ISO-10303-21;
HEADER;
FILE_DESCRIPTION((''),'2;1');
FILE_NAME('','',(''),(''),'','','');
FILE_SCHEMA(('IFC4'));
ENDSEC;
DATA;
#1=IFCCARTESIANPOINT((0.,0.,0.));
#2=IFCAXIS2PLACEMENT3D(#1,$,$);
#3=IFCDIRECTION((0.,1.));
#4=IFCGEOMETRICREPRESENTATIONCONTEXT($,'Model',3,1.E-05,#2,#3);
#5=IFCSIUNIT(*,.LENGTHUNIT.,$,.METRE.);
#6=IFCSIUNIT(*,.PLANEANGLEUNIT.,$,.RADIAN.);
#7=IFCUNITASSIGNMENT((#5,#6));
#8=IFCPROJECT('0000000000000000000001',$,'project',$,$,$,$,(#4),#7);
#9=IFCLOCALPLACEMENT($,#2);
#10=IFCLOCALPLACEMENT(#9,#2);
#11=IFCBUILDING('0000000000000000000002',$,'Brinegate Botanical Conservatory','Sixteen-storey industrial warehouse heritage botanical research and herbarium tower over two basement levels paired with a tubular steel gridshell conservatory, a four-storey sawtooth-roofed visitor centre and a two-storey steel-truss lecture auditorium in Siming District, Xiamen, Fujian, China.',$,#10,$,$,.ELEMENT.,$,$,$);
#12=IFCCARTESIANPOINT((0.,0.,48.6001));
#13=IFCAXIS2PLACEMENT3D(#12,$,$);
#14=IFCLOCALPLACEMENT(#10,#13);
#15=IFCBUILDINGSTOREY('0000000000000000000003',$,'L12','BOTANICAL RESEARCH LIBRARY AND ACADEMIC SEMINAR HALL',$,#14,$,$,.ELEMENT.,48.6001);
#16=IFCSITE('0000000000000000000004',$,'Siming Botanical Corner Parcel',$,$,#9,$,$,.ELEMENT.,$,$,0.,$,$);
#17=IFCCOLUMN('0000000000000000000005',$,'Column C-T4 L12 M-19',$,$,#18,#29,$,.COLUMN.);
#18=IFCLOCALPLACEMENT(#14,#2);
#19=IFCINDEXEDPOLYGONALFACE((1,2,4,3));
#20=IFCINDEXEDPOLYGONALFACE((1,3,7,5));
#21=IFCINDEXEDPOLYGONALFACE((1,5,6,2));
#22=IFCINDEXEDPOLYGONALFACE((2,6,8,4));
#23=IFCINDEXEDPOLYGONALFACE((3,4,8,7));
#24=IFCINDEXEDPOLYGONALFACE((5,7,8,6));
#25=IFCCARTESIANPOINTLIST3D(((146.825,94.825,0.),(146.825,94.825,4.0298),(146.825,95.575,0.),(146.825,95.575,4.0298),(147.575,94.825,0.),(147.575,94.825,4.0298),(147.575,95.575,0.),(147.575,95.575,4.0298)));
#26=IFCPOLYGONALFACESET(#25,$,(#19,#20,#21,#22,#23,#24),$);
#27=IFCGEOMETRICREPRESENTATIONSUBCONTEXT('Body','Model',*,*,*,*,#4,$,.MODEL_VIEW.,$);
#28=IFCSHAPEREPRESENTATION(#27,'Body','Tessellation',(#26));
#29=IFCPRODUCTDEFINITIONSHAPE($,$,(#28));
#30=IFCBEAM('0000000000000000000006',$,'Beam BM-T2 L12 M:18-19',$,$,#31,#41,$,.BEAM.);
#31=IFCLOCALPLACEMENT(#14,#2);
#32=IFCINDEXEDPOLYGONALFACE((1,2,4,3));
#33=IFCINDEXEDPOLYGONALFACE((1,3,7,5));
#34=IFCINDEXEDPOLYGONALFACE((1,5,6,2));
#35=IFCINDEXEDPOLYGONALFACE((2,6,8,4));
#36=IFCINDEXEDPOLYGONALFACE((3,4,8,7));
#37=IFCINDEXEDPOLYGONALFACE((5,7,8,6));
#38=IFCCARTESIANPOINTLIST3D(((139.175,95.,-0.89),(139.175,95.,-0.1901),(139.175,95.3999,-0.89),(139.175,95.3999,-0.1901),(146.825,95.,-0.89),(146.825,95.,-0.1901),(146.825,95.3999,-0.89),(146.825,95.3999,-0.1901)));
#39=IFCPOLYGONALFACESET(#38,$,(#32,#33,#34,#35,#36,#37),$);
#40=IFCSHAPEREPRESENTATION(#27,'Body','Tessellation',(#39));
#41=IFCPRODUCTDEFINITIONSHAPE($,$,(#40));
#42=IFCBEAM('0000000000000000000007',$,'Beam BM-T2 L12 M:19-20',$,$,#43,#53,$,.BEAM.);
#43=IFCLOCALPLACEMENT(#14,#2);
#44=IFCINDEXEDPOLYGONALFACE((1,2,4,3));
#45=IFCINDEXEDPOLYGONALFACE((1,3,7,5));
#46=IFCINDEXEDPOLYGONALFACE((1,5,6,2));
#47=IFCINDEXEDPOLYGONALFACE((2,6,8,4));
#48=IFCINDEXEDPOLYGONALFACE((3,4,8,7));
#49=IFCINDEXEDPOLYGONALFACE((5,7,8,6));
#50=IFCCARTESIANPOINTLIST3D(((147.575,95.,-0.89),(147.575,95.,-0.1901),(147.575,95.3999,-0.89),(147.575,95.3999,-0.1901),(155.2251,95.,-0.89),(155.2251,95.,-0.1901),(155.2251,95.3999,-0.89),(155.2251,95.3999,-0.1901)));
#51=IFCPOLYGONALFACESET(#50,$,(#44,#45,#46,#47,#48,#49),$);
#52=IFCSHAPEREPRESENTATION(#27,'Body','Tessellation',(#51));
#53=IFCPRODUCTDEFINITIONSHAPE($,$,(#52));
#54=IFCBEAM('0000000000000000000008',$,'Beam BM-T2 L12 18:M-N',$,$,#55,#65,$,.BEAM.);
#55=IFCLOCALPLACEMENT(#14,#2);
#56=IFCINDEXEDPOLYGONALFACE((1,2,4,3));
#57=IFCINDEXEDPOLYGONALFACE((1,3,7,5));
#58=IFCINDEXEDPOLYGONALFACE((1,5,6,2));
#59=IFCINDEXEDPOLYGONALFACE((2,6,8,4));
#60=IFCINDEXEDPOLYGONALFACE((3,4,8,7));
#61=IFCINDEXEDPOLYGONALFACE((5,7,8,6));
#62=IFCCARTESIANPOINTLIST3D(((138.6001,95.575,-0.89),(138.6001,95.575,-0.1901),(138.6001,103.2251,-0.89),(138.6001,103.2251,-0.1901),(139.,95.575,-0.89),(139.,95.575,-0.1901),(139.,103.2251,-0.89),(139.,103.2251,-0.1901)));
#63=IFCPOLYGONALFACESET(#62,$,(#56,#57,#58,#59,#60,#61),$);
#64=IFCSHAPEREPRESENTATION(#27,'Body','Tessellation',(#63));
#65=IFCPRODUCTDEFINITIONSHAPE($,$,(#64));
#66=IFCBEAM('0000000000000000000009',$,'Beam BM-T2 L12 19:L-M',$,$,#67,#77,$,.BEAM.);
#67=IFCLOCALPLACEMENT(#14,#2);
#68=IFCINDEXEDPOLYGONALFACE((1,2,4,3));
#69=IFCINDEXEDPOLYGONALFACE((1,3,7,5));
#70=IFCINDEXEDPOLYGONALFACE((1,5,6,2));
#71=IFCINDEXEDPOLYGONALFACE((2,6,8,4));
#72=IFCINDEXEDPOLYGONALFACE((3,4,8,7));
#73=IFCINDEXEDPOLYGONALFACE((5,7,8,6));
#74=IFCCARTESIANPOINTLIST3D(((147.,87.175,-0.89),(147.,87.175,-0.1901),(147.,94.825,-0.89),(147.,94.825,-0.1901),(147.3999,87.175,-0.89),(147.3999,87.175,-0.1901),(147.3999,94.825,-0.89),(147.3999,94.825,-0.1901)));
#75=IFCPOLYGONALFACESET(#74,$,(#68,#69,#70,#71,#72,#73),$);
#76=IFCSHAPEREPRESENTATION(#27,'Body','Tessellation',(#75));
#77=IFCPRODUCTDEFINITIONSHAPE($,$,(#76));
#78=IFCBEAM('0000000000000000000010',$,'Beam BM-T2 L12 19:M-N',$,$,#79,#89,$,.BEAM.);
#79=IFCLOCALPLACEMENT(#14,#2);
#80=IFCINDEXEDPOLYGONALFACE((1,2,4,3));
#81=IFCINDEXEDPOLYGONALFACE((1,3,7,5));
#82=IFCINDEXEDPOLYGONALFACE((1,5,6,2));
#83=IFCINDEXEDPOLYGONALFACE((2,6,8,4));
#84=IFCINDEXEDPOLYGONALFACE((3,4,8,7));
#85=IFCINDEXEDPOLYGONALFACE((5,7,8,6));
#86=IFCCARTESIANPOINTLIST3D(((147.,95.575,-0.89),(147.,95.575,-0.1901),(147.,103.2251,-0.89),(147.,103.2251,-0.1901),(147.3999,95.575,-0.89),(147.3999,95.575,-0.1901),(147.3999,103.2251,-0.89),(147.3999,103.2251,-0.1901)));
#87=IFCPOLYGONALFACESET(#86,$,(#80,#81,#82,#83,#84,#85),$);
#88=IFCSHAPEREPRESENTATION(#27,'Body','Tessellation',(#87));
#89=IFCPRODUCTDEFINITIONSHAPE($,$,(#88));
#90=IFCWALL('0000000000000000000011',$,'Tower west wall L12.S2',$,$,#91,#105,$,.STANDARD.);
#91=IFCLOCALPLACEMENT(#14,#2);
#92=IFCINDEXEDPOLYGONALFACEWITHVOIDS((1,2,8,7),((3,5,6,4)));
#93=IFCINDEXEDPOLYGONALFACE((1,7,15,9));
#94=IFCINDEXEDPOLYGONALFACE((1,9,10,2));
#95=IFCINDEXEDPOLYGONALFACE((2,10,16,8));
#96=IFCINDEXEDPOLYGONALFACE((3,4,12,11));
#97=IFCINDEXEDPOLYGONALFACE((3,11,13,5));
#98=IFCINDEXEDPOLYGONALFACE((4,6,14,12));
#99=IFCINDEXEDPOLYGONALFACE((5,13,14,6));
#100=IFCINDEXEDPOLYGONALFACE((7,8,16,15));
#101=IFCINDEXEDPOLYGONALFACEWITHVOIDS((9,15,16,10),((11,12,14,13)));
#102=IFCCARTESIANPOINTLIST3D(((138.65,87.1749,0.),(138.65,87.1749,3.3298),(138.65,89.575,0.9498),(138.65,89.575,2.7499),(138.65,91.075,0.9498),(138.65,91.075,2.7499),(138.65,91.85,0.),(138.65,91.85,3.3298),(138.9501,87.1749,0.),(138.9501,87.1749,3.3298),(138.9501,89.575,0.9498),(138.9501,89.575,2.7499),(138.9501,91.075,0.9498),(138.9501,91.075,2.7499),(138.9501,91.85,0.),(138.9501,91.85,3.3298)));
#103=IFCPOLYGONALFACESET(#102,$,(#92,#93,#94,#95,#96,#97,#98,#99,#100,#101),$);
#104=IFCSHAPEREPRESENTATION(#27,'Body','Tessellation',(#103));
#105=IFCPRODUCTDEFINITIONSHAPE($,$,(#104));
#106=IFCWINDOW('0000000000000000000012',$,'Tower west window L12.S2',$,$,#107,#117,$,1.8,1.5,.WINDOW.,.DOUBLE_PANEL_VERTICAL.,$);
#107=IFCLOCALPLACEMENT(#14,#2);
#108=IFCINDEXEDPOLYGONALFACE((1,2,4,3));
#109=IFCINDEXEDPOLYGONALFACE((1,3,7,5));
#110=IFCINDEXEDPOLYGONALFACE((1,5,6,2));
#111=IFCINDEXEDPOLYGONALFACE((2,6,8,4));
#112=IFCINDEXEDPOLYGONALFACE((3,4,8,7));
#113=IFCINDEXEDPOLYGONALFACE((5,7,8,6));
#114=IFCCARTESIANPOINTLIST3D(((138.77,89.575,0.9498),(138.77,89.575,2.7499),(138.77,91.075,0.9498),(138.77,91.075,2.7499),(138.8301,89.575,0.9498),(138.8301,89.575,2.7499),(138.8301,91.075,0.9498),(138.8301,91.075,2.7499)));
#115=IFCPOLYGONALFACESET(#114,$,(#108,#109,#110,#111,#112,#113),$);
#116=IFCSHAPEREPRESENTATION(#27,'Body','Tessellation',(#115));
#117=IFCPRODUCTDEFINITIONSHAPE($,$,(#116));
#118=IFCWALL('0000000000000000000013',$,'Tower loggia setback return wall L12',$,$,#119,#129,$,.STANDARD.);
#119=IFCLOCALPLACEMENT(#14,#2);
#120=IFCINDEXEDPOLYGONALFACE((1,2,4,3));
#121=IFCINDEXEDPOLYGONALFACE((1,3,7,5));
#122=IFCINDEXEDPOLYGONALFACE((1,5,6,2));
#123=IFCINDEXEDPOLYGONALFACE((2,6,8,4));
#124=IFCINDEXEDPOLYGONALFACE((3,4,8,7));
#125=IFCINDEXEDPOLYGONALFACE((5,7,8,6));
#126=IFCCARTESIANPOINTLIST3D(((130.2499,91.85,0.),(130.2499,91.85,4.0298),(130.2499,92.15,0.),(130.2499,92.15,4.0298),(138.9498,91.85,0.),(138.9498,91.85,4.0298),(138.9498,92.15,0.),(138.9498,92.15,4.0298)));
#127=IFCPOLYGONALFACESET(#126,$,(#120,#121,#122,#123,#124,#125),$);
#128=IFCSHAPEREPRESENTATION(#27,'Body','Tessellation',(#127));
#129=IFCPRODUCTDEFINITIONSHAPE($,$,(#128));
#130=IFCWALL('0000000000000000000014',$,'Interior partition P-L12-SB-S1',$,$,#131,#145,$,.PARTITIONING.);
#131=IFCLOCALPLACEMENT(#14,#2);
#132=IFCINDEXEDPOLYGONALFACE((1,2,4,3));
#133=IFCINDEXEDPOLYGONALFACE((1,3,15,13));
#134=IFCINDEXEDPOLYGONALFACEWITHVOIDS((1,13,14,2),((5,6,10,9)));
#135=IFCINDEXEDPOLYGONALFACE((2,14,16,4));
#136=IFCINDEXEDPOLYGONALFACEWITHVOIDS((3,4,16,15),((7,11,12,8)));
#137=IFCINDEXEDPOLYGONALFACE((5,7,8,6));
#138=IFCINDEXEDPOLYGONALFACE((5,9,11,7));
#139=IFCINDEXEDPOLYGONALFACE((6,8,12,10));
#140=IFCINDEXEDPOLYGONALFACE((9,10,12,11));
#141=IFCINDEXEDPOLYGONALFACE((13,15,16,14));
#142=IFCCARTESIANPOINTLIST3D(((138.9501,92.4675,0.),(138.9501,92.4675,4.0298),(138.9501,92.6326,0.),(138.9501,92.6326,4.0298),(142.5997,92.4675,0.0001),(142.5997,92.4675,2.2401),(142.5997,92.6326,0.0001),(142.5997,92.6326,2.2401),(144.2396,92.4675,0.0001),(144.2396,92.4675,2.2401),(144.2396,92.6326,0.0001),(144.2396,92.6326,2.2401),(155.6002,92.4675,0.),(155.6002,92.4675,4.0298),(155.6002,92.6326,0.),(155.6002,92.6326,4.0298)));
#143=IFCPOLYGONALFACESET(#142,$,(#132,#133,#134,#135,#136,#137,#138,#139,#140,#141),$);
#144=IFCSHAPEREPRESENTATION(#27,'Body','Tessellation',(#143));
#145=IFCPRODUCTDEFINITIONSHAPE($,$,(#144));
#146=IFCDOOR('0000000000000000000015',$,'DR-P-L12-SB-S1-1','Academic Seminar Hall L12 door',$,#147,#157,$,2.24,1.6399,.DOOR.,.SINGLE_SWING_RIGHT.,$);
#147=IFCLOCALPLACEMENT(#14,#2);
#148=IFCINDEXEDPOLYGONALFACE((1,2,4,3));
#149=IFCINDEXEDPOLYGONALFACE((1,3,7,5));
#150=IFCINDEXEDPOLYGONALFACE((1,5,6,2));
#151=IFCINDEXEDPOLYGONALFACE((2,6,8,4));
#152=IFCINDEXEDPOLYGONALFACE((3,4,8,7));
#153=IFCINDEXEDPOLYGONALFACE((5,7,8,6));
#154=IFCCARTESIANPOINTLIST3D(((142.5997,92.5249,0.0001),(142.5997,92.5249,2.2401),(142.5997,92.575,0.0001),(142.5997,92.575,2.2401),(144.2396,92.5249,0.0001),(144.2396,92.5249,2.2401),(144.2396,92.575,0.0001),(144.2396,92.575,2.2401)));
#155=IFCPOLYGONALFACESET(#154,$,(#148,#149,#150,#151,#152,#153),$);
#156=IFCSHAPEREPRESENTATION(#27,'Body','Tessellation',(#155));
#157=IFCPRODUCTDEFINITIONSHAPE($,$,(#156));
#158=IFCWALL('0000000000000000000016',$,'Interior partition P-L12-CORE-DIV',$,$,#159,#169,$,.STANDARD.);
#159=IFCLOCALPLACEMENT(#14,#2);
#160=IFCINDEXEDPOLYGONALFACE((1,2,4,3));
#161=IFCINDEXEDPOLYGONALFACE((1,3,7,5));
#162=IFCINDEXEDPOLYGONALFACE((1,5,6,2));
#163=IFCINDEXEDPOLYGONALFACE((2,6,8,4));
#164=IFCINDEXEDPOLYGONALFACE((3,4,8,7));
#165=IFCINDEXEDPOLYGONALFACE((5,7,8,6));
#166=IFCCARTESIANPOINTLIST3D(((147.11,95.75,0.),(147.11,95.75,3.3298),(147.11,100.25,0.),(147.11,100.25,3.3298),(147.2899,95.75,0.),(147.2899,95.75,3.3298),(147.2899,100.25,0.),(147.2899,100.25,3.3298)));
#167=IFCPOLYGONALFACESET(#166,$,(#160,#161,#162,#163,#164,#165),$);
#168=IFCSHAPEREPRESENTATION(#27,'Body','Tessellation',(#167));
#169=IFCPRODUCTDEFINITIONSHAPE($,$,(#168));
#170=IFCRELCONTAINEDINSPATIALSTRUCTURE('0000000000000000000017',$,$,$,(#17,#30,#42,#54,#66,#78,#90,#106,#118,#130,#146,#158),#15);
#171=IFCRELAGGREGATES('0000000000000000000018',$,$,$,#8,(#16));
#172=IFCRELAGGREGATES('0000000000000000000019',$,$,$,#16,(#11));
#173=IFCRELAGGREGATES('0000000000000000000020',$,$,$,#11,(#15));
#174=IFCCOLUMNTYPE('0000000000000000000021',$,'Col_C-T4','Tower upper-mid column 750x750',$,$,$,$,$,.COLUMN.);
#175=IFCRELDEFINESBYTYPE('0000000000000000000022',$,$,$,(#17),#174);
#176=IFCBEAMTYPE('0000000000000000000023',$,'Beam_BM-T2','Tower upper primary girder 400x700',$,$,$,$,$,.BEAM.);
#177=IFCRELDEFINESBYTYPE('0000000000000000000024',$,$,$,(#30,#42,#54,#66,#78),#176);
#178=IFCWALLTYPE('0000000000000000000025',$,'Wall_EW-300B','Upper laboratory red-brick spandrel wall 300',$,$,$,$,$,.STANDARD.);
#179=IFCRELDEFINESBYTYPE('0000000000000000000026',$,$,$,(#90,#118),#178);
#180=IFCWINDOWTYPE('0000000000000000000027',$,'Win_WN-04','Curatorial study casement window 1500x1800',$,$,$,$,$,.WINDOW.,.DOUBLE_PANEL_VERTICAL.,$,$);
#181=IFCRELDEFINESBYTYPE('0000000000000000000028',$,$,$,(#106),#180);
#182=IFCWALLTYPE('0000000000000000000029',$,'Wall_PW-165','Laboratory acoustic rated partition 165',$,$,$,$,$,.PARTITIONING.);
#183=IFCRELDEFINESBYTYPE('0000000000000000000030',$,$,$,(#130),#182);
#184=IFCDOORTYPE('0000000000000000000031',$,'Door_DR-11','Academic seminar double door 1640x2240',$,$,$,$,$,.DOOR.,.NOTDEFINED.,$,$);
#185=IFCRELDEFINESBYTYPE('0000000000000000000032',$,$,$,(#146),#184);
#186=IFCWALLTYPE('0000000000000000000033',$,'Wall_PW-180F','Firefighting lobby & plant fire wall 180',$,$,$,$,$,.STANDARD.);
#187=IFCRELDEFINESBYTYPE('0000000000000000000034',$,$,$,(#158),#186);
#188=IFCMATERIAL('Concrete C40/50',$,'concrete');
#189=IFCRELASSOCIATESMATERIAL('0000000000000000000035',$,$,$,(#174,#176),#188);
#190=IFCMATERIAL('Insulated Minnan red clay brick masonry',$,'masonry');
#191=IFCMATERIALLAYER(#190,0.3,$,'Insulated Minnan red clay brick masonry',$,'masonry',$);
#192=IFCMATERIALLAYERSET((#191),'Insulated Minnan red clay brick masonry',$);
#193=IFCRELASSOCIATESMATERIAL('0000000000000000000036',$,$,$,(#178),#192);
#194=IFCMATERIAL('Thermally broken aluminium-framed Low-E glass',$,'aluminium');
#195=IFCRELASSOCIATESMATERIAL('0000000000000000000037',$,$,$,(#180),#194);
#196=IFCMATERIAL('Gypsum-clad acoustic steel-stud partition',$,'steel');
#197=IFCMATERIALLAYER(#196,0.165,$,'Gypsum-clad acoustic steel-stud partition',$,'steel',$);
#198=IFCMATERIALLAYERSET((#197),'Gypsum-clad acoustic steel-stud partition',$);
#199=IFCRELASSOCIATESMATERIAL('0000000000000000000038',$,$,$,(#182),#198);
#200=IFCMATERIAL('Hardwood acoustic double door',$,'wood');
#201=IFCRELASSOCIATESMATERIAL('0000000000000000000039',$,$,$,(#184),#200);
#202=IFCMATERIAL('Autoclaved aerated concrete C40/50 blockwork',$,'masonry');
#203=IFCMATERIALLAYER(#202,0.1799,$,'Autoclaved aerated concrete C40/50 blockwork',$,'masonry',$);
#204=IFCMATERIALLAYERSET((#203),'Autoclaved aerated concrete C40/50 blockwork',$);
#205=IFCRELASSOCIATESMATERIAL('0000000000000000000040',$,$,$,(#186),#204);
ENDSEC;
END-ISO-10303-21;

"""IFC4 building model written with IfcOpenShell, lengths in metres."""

from ifc_helpers import new_model, si_unit, direction, frame, frame_2d, origin, origin_2d, place, context, subcontext, project, spatial, rectangle, extrude, material, layer, layer_set, material_profile, profile_set, type_object, element, fill, save


model = new_model("IFC4")

# Units and contexts
model_context = context("Model", 3, precision=1e-05, world=origin(), true_north=direction((0.0, 1.0)))
body_context = subcontext(model_context, "Body", "Model", "MODEL_VIEW")
ifc_project = project(units=[si_unit("LENGTHUNIT", "METRE"), si_unit("PLANEANGLEUNIT", "RADIAN")], contexts=[model_context])

# Site, building, storey
site_placement = place(None, origin())
site = spatial("IfcSite", under=ifc_project, at=site_placement, Name="Siming Botanical Corner Parcel", CompositionType="ELEMENT", RefElevation=0.0)
building_placement = place(site_placement, origin())
building = spatial("IfcBuilding", under=site, at=building_placement, Name="Brinegate Botanical Conservatory", Description="Sixteen-storey industrial warehouse heritage botanical research and herbarium tower over two basement levels paired with a tubular steel gridshell conservatory, a four-storey sawtooth-roofed visitor centre and a two-storey steel-truss lecture auditorium in Siming District, Xiamen, Fujian, China.", CompositionType="ELEMENT")
storey_placement = place(building_placement, frame((0.0, 0.0, 48.6001)))
storey = spatial("IfcBuildingStorey", under=building, at=storey_placement, Name="L12", Description="BOTANICAL RESEARCH LIBRARY AND ACADEMIC SEMINAR HALL", CompositionType="ELEMENT", Elevation=48.6001)

# Column
ifc_material_1 = material(Name="Concrete C40/50", Category="concrete")
ifc_material_profile_1 = material_profile(ifc_material_1, rectangle(XDim=0.75, YDim=0.75, at=origin_2d()), Name="RC COL 750x750")
ifc_profile_set_1 = profile_set([ifc_material_profile_1], Name="Concrete C40/50")
column_type = type_object("IfcColumnType", Name="Col_C-T4", Description="Tower upper-mid column 750x750", PredefinedType="COLUMN", material=ifc_profile_set_1)
column_placement = place(storey_placement, frame((147.2, 95.2, 0.0), z_axis=(0.0, 0.0, 1.0), x_axis=(1.0, 0.0, 0.0)))
element("IfcColumn", 1, at=column_placement, inside=storey, type_object=column_type, Name="Column C-T4 L12 M-19", PredefinedType="COLUMN", context=body_context, shape_type="SweptSolid", body=[
    extrude(rectangle(XDim=0.75, YDim=0.75, at=origin_2d()), origin(), (0.0, 0.0, 1.0), 4.0298),
])

# Beams
ifc_material_profile_2 = material_profile(ifc_material_1, rectangle(XDim=0.3999, YDim=0.7, at=origin_2d()), Name="RC BM 400x700")
ifc_profile_set_2 = profile_set([ifc_material_profile_2], Name="Concrete C40/50")
beam_type = type_object("IfcBeamType", Name="Beam_BM-T2", Description="Tower upper primary girder 400x700", PredefinedType="BEAM", material=ifc_profile_set_2)
beam_1_placement = place(storey_placement, frame((139.175, 95.2, -0.54), z_axis=(1.0, 0.0, 0.0), x_axis=(0.0, 1.0, 0.0)))
element("IfcBeam", 2, at=beam_1_placement, inside=storey, type_object=beam_type, Name="Beam BM-T2 L12 M:18-19", PredefinedType="BEAM", context=body_context, shape_type="SweptSolid", body=[
    extrude(rectangle(XDim=0.3999, YDim=0.7, at=origin_2d()), origin(), (0.0, 0.0, 1.0), 7.6499),
])
for number, where, z_axis, x_axis, name in (
    (3, (147.575, 95.2, -0.54), (1.0, 0.0, 0.0), (0.0, 1.0, 0.0), "Beam BM-T2 L12 M:19-20"),
    (4, (138.8, 95.575, -0.54), (0.0, 1.0, 0.0), (-1.0, 0.0, 0.0), "Beam BM-T2 L12 18:M-N"),
):
    element("IfcBeam", number, at=place(storey_placement, frame(where, z_axis=z_axis, x_axis=x_axis)), inside=storey, type_object=beam_type, Name=name, PredefinedType="BEAM", context=body_context, shape_type="SweptSolid", body=[
        extrude(rectangle(XDim=0.3999, YDim=0.7, at=origin_2d()), origin(), (0.0, 0.0, 1.0), 7.6501),
    ])
beam_2_placement = place(storey_placement, frame((147.2, 87.175, -0.54), z_axis=(0.0, 1.0, 0.0), x_axis=(-1.0, 0.0, 0.0)))
element("IfcBeam", 5, at=beam_2_placement, inside=storey, type_object=beam_type, Name="Beam BM-T2 L12 19:L-M", PredefinedType="BEAM", context=body_context, shape_type="SweptSolid", body=[
    extrude(rectangle(XDim=0.3999, YDim=0.7, at=origin_2d()), origin(), (0.0, 0.0, 1.0), 7.6499),
])
beam_3_placement = place(storey_placement, frame((147.2, 95.575, -0.54), z_axis=(0.0, 1.0, 0.0), x_axis=(-1.0, 0.0, 0.0)))
element("IfcBeam", 6, at=beam_3_placement, inside=storey, type_object=beam_type, Name="Beam BM-T2 L12 19:M-N", PredefinedType="BEAM", context=body_context, shape_type="SweptSolid", body=[
    extrude(rectangle(XDim=0.3999, YDim=0.7, at=origin_2d()), origin(), (0.0, 0.0, 1.0), 7.6501),
])

# Wall, opening, window
ifc_material_2 = material(Name="Insulated Minnan red clay brick masonry", Category="masonry")
ifc_layer_1 = layer(ifc_material_2, 0.3, Name="Insulated Minnan red clay brick masonry", Category="masonry")
ifc_layer_set_1 = layer_set([ifc_layer_1], Name="Insulated Minnan red clay brick masonry")
wall_type_1 = type_object("IfcWallType", Name="Wall_EW-300B", Description="Upper laboratory red-brick spandrel wall 300", PredefinedType="STANDARD", material=ifc_layer_set_1)
wall_1_placement = place(storey_placement, frame((138.8, 87.175, 0.0), z_axis=(0.0, 0.0, 1.0), x_axis=(0.0, 1.0, 0.0)))
wall_1 = element("IfcWall", 7, at=wall_1_placement, inside=storey, type_object=wall_type_1, Name="Tower west wall L12.S2", PredefinedType="STANDARD", context=body_context, shape_type="SweptSolid", body=[
    extrude(rectangle(XDim=4.675, YDim=0.3, at=frame_2d((2.3374, 0.0))), origin(), (0.0, 0.0, 1.0), 3.3298),
])
opening_1_placement = place(wall_1_placement, frame((2.3999, 0.0, 0.95)))
opening_1 = element("IfcOpeningElement", 8, at=opening_1_placement, cuts=wall_1, PredefinedType="OPENING", context=body_context, shape_type="SweptSolid", body=[
    extrude(rectangle(XDim=1.5, YDim=1.8, at=frame_2d((0.75, 0.8999))), frame((0.0, 0.1599, 0.0), z_axis=(0.0, -1.0, 0.0), x_axis=(1.0, 0.0, 0.0)), (0.0, 0.0, 1.0), 0.3201),
])
ifc_material_3 = material(Name="Thermally broken aluminium-framed Low-E glass", Category="aluminium")
window_type = type_object("IfcWindowType", Name="Win_WN-04", Description="Curatorial study casement window 1500x1800", PartitioningType="DOUBLE_PANEL_VERTICAL", PredefinedType="WINDOW", material=ifc_material_3)
window_placement = place(opening_1_placement, origin())
window = element("IfcWindow", 9, at=window_placement, inside=storey, type_object=window_type, Name="Tower west window L12.S2", OverallHeight=1.8, OverallWidth=1.5, PartitioningType="DOUBLE_PANEL_VERTICAL", PredefinedType="WINDOW", context=body_context, shape_type="SweptSolid", body=[
    extrude(rectangle(XDim=1.5, YDim=1.8, at=frame_2d((0.75, 0.8999))), frame((0.0, 0.03, 0.0), z_axis=(0.0, -1.0, 0.0), x_axis=(1.0, 0.0, 0.0)), (0.0, 0.0, 1.0), 0.0601),
])
fill(opening_1, window)

# Wall
wall_2_placement = place(storey_placement, frame((138.95, 92.0, 0.0), z_axis=(0.0, 0.0, 1.0), x_axis=(-1.0, 0.0, 0.0)))
element("IfcWall", 10, at=wall_2_placement, inside=storey, type_object=wall_type_1, Name="Tower loggia setback return wall L12", PredefinedType="STANDARD", context=body_context, shape_type="SweptSolid", body=[
    extrude(rectangle(XDim=8.7, YDim=0.3, at=frame_2d((4.3501, 0.0))), origin(), (0.0, 0.0, 1.0), 4.0298),
])

# Wall, opening, door
ifc_material_4 = material(Name="Gypsum-clad acoustic steel-stud partition", Category="steel")
ifc_layer_2 = layer(ifc_material_4, 0.165, Name="Gypsum-clad acoustic steel-stud partition", Category="steel")
ifc_layer_set_2 = layer_set([ifc_layer_2], Name="Gypsum-clad acoustic steel-stud partition")
wall_type_2 = type_object("IfcWallType", Name="Wall_PW-165", Description="Laboratory acoustic rated partition 165", PredefinedType="PARTITIONING", material=ifc_layer_set_2)
wall_3_placement = place(storey_placement, frame((138.95, 92.55, 0.0), z_axis=(0.0, 0.0, 1.0), x_axis=(1.0, 0.0, 0.0)))
wall_3 = element("IfcWall", 11, at=wall_3_placement, inside=storey, type_object=wall_type_2, Name="Interior partition P-L12-SB-S1", PredefinedType="PARTITIONING", context=body_context, shape_type="SweptSolid", body=[
    extrude(rectangle(XDim=16.6501, YDim=0.165, at=frame_2d((8.3252, 0.0))), origin(), (0.0, 0.0, 1.0), 4.0298),
])
opening_2_placement = place(wall_3_placement, frame((3.6499, 0.0, 0.0)))
opening_2 = element("IfcOpeningElement", 12, at=opening_2_placement, cuts=wall_3, PredefinedType="OPENING", context=body_context, shape_type="SweptSolid", body=[
    extrude(rectangle(XDim=1.6399, YDim=2.24, at=frame_2d((0.8198, 1.1201))), frame((0.0, 0.0925, 0.0), z_axis=(0.0, -1.0, 0.0), x_axis=(1.0, 0.0, 0.0)), (0.0, 0.0, 1.0), 0.1851),
])
ifc_material_5 = material(Name="Hardwood acoustic double door", Category="wood")
door_type_1 = type_object("IfcDoorType", Name="Door_DR-11", Description="Academic seminar double door 1640x2240", OperationType="NOTDEFINED", PredefinedType="DOOR", material=ifc_material_5)
door_1_placement = place(opening_2_placement, origin())
door_1 = element("IfcDoor", 13, at=door_1_placement, inside=storey, type_object=door_type_1, Name="DR-P-L12-SB-S1-1", Description="Academic Seminar Hall L12 door", OperationType="SINGLE_SWING_RIGHT", OverallHeight=2.24, OverallWidth=1.6399, PredefinedType="DOOR", context=body_context, shape_type="SweptSolid", body=[
    extrude(rectangle(XDim=1.6399, YDim=2.24, at=frame_2d((0.8198, 1.1201))), frame((0.0, 0.0249, 0.0), z_axis=(0.0, -1.0, 0.0), x_axis=(1.0, 0.0, 0.0)), (0.0, 0.0, 1.0), 0.05),
])
fill(opening_2, door_1)
ifc_material_6 = material(Name="Autoclaved aerated concrete C40/50 blockwork", Category="masonry")
ifc_layer_3 = layer(ifc_material_6, 0.1799, Name="Autoclaved aerated concrete C40/50 blockwork", Category="masonry")
ifc_layer_set_3 = layer_set([ifc_layer_3], Name="Autoclaved aerated concrete C40/50 blockwork")
wall_type_3 = type_object("IfcWallType", Name="Wall_PW-180F", Description="Firefighting lobby & plant fire wall 180", PredefinedType="STANDARD", material=ifc_layer_set_3)

# Wall
wall_4_placement = place(storey_placement, frame((147.2, 95.75, 0.0), z_axis=(0.0, 0.0, 1.0), x_axis=(0.0, 1.0, 0.0)))
element("IfcWall", 14, at=wall_4_placement, inside=storey, type_object=wall_type_3, Name="Interior partition P-L12-CORE-DIV", PredefinedType="STANDARD", context=body_context, shape_type="SweptSolid", body=[
    extrude(rectangle(XDim=4.5, YDim=0.1799, at=frame_2d((2.25, 0.0))), origin(), (0.0, 0.0, 1.0), 3.3298),
])

save(model, "model.ifc")
